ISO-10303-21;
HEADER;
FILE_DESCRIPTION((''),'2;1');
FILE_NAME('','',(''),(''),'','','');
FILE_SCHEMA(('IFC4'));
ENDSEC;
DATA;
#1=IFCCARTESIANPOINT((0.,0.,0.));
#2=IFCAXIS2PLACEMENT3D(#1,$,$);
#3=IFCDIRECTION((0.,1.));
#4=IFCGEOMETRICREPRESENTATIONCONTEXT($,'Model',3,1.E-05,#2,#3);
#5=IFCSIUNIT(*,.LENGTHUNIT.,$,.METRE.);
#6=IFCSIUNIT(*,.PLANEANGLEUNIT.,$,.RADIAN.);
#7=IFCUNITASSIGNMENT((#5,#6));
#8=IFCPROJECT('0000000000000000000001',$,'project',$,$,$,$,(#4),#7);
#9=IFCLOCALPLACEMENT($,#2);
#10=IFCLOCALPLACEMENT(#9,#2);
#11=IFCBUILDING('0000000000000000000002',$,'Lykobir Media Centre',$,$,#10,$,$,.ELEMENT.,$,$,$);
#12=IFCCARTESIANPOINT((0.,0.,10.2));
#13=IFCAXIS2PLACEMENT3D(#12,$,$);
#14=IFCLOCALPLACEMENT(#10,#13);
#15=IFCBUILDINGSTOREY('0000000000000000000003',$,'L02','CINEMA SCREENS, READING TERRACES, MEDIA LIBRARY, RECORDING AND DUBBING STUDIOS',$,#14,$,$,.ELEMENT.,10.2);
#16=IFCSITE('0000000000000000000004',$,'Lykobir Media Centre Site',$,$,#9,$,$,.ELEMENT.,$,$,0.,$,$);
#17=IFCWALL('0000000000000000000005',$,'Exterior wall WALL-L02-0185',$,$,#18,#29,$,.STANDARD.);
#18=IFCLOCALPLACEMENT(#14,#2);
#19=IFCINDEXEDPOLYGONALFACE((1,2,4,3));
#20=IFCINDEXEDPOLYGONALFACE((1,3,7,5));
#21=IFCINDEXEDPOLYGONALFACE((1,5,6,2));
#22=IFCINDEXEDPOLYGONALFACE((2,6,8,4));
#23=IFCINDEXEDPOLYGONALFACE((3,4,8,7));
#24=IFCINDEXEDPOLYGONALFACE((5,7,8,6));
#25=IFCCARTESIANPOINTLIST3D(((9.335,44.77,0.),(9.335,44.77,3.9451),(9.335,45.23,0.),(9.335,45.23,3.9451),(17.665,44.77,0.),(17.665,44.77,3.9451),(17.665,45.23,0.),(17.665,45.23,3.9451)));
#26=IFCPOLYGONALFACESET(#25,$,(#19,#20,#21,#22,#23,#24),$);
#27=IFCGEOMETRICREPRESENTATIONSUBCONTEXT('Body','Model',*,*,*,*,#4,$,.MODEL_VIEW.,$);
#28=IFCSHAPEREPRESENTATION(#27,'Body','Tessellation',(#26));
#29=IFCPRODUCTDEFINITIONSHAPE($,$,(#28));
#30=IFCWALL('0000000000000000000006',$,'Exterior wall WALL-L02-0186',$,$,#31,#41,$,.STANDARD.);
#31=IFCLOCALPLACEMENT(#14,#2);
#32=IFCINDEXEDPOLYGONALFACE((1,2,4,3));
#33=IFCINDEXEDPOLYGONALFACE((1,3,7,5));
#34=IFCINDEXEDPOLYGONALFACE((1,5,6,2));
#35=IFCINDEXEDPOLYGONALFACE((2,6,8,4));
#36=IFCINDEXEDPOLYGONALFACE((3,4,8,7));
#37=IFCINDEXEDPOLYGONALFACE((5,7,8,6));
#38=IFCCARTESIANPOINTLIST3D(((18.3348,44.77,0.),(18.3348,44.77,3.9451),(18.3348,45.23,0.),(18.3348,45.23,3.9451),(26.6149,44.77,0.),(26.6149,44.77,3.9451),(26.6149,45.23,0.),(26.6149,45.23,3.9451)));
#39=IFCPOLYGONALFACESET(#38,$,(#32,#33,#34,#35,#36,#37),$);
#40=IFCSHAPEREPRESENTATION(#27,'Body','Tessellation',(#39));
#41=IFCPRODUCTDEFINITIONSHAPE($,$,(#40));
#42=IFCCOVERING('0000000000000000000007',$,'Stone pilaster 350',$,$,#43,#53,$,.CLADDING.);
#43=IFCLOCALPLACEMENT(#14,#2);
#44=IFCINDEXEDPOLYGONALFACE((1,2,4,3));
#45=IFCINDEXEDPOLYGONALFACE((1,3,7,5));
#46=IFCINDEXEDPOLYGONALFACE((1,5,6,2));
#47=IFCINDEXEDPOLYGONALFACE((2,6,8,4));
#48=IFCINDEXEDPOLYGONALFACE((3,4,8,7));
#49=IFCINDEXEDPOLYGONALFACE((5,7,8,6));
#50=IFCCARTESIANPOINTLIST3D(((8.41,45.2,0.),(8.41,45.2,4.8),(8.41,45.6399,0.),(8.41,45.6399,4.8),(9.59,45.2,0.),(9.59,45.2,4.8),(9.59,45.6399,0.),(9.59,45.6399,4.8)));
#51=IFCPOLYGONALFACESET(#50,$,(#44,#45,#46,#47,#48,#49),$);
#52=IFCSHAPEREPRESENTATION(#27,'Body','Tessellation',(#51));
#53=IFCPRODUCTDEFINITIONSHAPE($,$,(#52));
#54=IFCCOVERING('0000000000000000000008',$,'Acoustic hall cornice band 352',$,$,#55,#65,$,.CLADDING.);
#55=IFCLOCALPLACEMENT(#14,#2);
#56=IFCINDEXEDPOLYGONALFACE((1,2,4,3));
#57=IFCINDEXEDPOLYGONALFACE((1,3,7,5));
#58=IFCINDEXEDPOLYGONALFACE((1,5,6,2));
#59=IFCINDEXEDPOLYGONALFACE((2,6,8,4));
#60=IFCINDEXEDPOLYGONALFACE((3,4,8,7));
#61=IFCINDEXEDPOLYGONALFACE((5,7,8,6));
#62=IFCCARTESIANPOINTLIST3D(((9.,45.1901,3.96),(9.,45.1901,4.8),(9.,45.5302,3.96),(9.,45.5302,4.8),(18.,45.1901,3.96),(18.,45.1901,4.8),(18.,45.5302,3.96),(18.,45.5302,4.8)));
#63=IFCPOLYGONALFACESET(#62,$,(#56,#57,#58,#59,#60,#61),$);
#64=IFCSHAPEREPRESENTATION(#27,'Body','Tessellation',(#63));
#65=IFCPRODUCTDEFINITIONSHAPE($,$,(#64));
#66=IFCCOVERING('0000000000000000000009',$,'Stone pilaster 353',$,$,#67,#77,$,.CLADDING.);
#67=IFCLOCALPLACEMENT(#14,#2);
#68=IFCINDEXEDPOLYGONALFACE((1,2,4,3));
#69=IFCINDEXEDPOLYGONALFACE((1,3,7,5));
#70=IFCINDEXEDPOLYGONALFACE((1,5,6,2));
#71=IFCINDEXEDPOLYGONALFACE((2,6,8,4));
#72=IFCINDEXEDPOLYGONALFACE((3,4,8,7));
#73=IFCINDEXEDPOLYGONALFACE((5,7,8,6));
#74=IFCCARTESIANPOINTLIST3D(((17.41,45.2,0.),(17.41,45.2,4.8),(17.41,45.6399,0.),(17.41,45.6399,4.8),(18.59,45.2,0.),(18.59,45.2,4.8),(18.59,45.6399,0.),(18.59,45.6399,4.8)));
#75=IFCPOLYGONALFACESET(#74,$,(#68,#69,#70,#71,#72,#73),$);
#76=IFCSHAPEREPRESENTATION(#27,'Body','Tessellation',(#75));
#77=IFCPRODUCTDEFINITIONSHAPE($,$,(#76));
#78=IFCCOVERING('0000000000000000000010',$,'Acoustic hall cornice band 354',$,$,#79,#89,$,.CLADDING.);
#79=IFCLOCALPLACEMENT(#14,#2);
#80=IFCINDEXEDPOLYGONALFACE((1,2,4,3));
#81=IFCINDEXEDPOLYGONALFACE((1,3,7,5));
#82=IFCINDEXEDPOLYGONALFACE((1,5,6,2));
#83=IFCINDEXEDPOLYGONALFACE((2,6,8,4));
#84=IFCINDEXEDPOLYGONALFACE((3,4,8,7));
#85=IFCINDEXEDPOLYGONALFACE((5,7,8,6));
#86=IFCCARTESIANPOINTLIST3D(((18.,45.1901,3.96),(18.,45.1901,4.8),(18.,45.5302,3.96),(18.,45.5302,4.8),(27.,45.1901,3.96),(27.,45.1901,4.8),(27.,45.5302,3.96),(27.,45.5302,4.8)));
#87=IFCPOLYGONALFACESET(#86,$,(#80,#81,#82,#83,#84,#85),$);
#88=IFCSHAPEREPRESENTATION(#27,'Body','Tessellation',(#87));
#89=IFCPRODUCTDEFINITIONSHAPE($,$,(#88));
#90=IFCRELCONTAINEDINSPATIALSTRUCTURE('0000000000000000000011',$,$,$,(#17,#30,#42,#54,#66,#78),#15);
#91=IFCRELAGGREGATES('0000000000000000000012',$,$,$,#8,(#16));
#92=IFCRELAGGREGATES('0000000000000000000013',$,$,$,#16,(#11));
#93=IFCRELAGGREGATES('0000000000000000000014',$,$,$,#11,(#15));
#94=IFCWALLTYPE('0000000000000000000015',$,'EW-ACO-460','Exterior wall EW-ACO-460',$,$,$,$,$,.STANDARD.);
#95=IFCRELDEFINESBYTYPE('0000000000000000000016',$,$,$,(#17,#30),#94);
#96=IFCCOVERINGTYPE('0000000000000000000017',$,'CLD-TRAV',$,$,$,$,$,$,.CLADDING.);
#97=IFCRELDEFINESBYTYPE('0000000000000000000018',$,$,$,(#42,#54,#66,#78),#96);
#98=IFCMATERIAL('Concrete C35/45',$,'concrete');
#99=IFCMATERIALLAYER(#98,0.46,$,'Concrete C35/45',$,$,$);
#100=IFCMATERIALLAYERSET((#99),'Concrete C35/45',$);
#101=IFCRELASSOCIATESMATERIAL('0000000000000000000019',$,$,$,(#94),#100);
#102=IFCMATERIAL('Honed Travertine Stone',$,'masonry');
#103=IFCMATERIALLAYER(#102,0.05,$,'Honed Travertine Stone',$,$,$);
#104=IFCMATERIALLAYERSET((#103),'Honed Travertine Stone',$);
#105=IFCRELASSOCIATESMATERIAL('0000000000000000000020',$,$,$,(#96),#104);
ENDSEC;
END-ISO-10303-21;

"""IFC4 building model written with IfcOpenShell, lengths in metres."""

from ifc_helpers import new_model, si_unit, direction, frame, frame_2d, origin, origin_2d, place, context, subcontext, project, spatial, rectangle, extrude, material, layer, layer_set, type_object, element, save


model = new_model("IFC4")

# Units and contexts
model_context = context("Model", 3, precision=1e-05, world=origin(), true_north=direction((0.0, 1.0)))
body_context = subcontext(model_context, "Body", "Model", "MODEL_VIEW")
ifc_project = project(units=[si_unit("LENGTHUNIT", "METRE"), si_unit("PLANEANGLEUNIT", "RADIAN")], contexts=[model_context])

# Site, building, storey
site_placement = place(None, origin())
site = spatial("IfcSite", under=ifc_project, at=site_placement, Name="Lykobir Media Centre Site", CompositionType="ELEMENT", RefElevation=0.0)
building_placement = place(site_placement, origin())
building = spatial("IfcBuilding", under=site, at=building_placement, Name="Lykobir Media Centre", CompositionType="ELEMENT")
storey_placement = place(building_placement, frame((0.0, 0.0, 10.2)))
storey = spatial("IfcBuildingStorey", under=building, at=storey_placement, Name="L02", Description="CINEMA SCREENS, READING TERRACES, MEDIA LIBRARY, RECORDING AND DUBBING STUDIOS", CompositionType="ELEMENT", Elevation=10.2)

# Walls
ifc_material_1 = material(Name="Concrete C35/45", Category="concrete")
ifc_layer_1 = layer(ifc_material_1, 0.46, Name="Concrete C35/45")
ifc_layer_set_1 = layer_set([ifc_layer_1], Name="Concrete C35/45")
wall_type = type_object("IfcWallType", Name="EW-ACO-460", Description="Exterior wall EW-ACO-460", PredefinedType="STANDARD", material=ifc_layer_set_1)
wall_1_placement = place(storey_placement, frame((17.665, 45.0, 0.0), z_axis=(0.0, 0.0, 1.0), x_axis=(-1.0, 0.0, 0.0)))
element("IfcWall", 1, at=wall_1_placement, inside=storey, type_object=wall_type, Name="Exterior wall WALL-L02-0185", PredefinedType="STANDARD", context=body_context, shape_type="SweptSolid", body=[
    extrude(rectangle(XDim=8.3301, YDim=0.46, at=frame_2d((4.165, 0.0))), origin(), (0.0, 0.0, 1.0), 3.9451),
])
wall_2_placement = place(storey_placement, frame((26.615, 45.0, 0.0), z_axis=(0.0, 0.0, 1.0), x_axis=(-1.0, 0.0, 0.0)))
element("IfcWall", 2, at=wall_2_placement, inside=storey, type_object=wall_type, Name="Exterior wall WALL-L02-0186", PredefinedType="STANDARD", context=body_context, shape_type="SweptSolid", body=[
    extrude(rectangle(XDim=8.28, YDim=0.46, at=frame_2d((4.1401, 0.0))), origin(), (0.0, 0.0, 1.0), 3.9451),
])

# Coverings
ifc_material_2 = material(Name="Honed Travertine Stone", Category="masonry")
ifc_layer_2 = layer(ifc_material_2, 0.05, Name="Honed Travertine Stone")
ifc_layer_set_2 = layer_set([ifc_layer_2], Name="Honed Travertine Stone")
covering_type = type_object("IfcCoveringType", Name="CLD-TRAV", PredefinedType="CLADDING", material=ifc_layer_set_2)
covering_1_placement = place(storey_placement, frame((9.0, 45.4199, 0.0), z_axis=(0.0, 0.0, 1.0), x_axis=(-1.0, 0.0, 0.0)))
element("IfcCovering", 3, at=covering_1_placement, inside=storey, type_object=covering_type, Name="Stone pilaster 350", PredefinedType="CLADDING", context=body_context, shape_type="SweptSolid", body=[
    extrude(rectangle(XDim=1.1799, YDim=0.4399, at=origin_2d()), origin(), (0.0, 0.0, 1.0), 4.8),
])
covering_2_placement = place(storey_placement, frame((13.5, 45.3601, 3.96), z_axis=(0.0, 0.0, 1.0), x_axis=(-1.0, 0.0, 0.0)))
element("IfcCovering", 4, at=covering_2_placement, inside=storey, type_object=covering_type, Name="Acoustic hall cornice band 352", PredefinedType="CLADDING", context=body_context, shape_type="SweptSolid", body=[
    extrude(rectangle(XDim=9.0, YDim=0.3401, at=origin_2d()), origin(), (0.0, 0.0, 1.0), 0.8401),
])
covering_3_placement = place(storey_placement, frame((18.0, 45.4199, 0.0), z_axis=(0.0, 0.0, 1.0), x_axis=(-1.0, 0.0, 0.0)))
element("IfcCovering", 5, at=covering_3_placement, inside=storey, type_object=covering_type, Name="Stone pilaster 353", PredefinedType="CLADDING", context=body_context, shape_type="SweptSolid", body=[
    extrude(rectangle(XDim=1.1799, YDim=0.4399, at=origin_2d()), origin(), (0.0, 0.0, 1.0), 4.8),
])
covering_4_placement = place(storey_placement, frame((22.5, 45.3601, 3.96), z_axis=(0.0, 0.0, 1.0), x_axis=(-1.0, 0.0, 0.0)))
element("IfcCovering", 6, at=covering_4_placement, inside=storey, type_object=covering_type, Name="Acoustic hall cornice band 354", PredefinedType="CLADDING", context=body_context, shape_type="SweptSolid", body=[
    extrude(rectangle(XDim=9.0, YDim=0.3401, at=origin_2d()), origin(), (0.0, 0.0, 1.0), 0.8401),
])

save(model, "model.ifc")
